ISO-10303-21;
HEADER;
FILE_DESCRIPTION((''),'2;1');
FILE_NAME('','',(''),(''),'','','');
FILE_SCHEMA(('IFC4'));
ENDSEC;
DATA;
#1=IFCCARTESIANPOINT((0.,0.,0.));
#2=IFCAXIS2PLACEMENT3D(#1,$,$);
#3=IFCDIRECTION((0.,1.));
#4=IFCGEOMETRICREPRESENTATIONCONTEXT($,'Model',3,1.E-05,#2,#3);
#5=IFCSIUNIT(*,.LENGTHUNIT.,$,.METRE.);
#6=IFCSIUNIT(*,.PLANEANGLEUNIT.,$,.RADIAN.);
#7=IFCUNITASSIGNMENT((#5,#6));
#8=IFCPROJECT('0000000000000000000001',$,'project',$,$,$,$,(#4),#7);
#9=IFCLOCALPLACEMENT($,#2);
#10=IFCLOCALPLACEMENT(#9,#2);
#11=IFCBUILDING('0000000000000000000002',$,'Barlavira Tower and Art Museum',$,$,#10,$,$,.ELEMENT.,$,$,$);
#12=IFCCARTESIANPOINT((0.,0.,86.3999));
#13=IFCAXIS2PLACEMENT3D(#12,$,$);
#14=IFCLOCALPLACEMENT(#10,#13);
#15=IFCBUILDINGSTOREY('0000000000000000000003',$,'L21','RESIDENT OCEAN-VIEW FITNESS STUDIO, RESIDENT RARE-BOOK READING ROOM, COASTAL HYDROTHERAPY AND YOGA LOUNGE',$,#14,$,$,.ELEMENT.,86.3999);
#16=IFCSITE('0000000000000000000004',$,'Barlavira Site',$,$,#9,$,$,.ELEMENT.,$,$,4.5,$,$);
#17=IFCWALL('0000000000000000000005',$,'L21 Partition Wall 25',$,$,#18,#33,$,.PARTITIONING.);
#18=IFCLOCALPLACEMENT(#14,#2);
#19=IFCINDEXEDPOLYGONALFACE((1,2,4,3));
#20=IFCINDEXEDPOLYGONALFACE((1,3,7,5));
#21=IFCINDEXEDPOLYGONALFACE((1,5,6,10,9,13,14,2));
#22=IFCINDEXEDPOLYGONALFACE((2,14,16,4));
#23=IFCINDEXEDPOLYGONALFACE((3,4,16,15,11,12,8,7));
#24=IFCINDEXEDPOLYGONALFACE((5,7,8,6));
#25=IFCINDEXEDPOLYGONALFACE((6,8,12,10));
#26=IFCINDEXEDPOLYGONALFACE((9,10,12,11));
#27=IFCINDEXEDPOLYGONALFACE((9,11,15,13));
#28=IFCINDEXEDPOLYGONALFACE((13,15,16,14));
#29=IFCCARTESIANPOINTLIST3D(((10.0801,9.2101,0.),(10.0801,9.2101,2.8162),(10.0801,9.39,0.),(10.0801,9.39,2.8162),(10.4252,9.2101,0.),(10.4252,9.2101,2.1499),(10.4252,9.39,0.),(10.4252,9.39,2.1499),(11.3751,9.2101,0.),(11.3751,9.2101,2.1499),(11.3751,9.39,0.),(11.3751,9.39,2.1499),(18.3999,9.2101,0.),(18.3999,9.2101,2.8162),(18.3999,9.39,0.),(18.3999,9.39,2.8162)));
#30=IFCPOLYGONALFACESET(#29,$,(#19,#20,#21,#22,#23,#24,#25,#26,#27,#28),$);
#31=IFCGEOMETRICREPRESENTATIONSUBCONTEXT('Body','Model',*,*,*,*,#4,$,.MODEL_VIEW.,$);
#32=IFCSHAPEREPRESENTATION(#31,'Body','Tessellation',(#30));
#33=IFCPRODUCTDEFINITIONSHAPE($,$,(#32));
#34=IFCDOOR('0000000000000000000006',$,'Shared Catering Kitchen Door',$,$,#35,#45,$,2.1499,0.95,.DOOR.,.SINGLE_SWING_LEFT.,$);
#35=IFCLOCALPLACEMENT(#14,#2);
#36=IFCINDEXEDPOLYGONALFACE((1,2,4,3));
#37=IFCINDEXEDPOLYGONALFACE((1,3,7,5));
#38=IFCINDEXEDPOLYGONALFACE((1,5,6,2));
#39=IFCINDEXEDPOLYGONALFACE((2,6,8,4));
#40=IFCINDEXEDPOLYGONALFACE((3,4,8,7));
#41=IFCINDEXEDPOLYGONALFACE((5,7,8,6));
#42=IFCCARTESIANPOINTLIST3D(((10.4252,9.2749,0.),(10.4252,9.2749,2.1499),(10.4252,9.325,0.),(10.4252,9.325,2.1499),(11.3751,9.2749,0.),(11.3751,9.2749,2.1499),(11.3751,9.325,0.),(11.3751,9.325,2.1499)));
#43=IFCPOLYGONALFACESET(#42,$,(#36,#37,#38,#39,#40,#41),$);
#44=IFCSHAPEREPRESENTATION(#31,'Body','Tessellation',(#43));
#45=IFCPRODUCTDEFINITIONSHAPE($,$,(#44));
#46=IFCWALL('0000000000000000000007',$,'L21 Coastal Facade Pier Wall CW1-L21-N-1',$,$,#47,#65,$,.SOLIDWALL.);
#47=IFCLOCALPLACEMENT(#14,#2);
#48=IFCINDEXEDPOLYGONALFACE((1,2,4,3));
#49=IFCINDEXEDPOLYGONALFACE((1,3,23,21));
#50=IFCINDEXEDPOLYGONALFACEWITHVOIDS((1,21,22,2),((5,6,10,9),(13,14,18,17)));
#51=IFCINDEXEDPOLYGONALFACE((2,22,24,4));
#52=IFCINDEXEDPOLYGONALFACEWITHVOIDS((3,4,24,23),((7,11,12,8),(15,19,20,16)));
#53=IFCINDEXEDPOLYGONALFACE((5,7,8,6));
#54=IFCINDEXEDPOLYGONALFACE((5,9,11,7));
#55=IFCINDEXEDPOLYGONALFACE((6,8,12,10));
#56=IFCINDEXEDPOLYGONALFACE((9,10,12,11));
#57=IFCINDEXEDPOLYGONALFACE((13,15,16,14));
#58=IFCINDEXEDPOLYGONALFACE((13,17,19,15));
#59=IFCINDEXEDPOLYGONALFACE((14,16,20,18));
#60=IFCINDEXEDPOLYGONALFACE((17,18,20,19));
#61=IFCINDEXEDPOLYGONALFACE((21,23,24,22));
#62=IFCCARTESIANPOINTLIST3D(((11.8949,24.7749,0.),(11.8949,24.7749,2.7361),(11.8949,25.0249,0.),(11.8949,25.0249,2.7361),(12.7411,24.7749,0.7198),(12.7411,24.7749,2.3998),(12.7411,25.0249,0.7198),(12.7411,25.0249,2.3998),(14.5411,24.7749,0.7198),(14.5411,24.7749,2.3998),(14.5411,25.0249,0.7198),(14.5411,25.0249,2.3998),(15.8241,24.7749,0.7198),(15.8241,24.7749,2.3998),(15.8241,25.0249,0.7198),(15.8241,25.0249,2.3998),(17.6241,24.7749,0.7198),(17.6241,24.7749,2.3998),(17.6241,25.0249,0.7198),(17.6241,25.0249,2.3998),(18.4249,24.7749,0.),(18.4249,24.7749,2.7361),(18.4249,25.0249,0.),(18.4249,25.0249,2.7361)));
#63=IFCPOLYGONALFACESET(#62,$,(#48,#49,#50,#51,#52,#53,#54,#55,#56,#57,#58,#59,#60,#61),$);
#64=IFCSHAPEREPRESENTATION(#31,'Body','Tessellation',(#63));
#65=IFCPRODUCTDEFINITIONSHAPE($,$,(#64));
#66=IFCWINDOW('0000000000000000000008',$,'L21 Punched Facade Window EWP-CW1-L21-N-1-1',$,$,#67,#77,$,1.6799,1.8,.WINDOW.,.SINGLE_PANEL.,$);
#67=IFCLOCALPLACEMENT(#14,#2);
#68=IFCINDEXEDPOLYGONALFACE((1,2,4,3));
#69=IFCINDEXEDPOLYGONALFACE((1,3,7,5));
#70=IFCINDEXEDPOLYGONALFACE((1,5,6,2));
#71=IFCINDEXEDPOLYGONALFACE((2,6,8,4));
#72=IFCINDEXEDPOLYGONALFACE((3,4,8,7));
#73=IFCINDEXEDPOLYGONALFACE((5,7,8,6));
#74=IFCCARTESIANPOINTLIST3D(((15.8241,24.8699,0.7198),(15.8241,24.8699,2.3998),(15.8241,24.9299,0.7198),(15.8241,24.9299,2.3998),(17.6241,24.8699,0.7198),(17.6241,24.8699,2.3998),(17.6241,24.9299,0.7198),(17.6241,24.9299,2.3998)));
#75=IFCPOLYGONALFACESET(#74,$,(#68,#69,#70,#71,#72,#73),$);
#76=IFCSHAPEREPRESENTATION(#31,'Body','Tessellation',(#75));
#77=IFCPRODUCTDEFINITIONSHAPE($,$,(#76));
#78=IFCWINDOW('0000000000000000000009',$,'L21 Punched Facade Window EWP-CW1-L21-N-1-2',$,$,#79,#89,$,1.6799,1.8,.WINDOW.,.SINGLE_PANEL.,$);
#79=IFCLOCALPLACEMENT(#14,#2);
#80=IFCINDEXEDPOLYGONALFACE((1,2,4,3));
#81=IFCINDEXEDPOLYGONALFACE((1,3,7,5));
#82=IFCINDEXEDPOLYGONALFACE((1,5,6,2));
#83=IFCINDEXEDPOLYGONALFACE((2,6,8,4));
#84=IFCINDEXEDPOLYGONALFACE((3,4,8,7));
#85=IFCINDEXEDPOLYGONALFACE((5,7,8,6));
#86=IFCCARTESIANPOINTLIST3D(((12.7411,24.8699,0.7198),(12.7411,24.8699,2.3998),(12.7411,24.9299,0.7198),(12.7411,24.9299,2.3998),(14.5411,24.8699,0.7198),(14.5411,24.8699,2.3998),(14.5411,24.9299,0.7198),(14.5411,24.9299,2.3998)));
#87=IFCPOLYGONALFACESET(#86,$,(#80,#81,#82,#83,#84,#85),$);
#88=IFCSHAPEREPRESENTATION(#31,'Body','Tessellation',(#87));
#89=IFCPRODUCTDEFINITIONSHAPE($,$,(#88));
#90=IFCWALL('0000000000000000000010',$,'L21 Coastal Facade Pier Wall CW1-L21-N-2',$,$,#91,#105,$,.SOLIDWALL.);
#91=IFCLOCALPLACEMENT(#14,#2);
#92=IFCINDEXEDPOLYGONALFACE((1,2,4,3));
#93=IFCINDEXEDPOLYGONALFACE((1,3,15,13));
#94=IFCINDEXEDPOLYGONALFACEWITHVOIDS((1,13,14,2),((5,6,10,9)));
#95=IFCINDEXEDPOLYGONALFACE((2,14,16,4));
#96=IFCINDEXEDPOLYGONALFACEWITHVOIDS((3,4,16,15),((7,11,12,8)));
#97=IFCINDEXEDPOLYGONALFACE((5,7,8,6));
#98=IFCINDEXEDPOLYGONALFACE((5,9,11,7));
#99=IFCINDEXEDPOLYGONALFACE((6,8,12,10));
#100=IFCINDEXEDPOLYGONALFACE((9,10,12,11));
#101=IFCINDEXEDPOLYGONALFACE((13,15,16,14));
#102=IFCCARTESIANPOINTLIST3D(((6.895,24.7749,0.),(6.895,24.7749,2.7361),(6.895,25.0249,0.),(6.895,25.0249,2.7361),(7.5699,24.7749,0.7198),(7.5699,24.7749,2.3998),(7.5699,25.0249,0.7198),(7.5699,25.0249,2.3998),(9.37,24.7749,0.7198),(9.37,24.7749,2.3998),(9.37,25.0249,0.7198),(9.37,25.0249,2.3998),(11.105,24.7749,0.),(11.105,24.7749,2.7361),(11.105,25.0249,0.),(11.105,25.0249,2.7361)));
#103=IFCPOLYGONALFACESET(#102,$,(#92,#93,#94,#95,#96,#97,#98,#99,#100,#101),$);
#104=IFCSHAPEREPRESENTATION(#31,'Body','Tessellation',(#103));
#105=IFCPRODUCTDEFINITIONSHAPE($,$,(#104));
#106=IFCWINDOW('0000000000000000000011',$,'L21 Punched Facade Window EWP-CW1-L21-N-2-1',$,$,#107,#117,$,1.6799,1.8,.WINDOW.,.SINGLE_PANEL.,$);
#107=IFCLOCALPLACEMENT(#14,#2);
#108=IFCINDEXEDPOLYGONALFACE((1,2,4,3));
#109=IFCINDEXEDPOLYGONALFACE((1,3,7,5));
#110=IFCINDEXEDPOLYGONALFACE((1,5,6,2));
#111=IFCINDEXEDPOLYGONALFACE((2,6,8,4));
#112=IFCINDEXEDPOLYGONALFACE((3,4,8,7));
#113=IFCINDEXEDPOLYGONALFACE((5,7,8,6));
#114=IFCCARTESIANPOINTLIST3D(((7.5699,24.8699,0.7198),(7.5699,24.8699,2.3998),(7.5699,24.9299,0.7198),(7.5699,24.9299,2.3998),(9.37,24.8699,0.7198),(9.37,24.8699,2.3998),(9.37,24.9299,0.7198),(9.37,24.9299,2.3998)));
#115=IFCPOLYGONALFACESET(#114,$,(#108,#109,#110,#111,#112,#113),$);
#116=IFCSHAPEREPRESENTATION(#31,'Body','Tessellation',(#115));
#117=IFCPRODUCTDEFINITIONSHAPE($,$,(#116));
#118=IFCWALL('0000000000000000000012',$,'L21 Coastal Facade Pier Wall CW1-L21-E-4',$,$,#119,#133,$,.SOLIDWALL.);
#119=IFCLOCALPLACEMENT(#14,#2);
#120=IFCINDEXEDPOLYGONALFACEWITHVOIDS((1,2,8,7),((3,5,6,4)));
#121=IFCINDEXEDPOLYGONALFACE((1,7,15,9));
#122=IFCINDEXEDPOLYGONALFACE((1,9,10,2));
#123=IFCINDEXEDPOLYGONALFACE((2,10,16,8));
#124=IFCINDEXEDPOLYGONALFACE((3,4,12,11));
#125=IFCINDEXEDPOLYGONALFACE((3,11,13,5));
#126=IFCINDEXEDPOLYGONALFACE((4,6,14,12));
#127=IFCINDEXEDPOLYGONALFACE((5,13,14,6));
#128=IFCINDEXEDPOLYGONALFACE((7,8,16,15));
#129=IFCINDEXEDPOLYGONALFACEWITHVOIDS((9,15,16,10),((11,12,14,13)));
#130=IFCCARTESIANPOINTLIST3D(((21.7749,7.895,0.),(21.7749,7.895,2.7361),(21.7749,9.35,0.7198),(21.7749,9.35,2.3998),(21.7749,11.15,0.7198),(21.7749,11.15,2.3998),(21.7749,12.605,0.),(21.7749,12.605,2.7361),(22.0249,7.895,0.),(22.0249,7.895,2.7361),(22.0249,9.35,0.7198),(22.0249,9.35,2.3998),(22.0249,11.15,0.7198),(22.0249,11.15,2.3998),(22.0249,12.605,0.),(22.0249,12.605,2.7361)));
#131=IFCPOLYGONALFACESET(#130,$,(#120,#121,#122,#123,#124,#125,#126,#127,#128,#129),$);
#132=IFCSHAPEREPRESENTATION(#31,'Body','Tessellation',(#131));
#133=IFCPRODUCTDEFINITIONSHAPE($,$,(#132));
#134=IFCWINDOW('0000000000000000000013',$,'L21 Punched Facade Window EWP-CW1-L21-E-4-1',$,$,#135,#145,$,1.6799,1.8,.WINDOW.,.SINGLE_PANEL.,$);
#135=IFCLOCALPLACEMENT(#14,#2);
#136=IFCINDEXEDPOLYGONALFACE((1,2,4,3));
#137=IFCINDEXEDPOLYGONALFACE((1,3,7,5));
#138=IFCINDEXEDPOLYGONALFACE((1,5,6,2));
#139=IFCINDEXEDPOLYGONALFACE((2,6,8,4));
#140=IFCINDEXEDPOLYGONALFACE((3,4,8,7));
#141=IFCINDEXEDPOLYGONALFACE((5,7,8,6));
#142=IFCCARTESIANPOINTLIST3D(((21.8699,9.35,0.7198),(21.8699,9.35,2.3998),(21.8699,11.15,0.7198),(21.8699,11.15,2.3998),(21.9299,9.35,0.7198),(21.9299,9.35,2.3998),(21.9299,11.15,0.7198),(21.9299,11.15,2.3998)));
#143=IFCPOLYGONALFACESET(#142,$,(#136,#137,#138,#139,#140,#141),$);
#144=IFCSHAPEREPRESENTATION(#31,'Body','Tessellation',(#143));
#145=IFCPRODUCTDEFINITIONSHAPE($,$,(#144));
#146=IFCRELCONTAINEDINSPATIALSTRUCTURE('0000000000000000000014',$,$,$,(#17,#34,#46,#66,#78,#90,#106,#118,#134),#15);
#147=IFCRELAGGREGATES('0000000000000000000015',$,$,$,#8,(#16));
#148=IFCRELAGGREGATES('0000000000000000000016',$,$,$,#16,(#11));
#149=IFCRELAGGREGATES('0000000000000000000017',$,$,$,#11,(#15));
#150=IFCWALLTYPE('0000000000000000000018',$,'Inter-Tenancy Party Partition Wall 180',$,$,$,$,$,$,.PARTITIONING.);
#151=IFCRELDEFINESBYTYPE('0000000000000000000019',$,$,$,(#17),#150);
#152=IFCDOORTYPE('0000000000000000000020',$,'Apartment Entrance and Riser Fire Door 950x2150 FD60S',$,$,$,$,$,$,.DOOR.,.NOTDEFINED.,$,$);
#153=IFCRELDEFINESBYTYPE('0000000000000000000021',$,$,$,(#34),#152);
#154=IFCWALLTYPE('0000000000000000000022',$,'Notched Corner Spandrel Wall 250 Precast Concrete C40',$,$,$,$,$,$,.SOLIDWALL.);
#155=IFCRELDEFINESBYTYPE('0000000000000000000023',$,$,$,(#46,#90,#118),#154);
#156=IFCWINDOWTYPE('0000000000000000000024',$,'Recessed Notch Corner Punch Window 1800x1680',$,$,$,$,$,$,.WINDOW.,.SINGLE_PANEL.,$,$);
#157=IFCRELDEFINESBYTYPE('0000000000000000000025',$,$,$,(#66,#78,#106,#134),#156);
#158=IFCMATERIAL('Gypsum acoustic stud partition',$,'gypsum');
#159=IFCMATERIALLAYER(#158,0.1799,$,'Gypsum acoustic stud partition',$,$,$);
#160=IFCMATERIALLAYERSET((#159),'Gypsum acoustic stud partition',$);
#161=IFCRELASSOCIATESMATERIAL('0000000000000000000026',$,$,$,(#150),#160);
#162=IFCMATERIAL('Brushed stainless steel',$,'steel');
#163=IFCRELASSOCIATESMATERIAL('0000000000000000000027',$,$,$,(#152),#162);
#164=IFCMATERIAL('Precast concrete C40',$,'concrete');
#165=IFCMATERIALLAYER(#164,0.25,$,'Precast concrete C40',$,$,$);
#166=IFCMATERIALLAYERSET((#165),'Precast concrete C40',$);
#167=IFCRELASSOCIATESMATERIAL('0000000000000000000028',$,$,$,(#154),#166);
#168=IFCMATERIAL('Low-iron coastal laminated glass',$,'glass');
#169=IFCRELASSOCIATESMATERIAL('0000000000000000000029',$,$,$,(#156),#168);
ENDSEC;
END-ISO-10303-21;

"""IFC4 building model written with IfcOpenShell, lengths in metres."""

from ifc_helpers import new_model, si_unit, direction, frame, frame_2d, origin, place, context, subcontext, project, spatial, rectangle, extrude, material, layer, layer_set, type_object, element, fill, save


model = new_model("IFC4")

# Units and contexts
model_context = context("Model", 3, precision=1e-05, world=origin(), true_north=direction((0.0, 1.0)))
body_context = subcontext(model_context, "Body", "Model", "MODEL_VIEW")
ifc_project = project(units=[si_unit("LENGTHUNIT", "METRE"), si_unit("PLANEANGLEUNIT", "RADIAN")], contexts=[model_context])

# Site, building, storey
site_placement = place(None, origin())
site = spatial("IfcSite", under=ifc_project, at=site_placement, Name="Barlavira Site", CompositionType="ELEMENT", RefElevation=4.5)
building_placement = place(site_placement, origin())
building = spatial("IfcBuilding", under=site, at=building_placement, Name="Barlavira Tower and Art Museum", CompositionType="ELEMENT")
storey_placement = place(building_placement, frame((0.0, 0.0, 86.3999)))
storey = spatial("IfcBuildingStorey", under=building, at=storey_placement, Name="L21", Description="RESIDENT OCEAN-VIEW FITNESS STUDIO, RESIDENT RARE-BOOK READING ROOM, COASTAL HYDROTHERAPY AND YOGA LOUNGE", CompositionType="ELEMENT", Elevation=86.3999)

# Shared definitions
ifc_material_1 = material(Name="Gypsum acoustic stud partition", Category="gypsum")
ifc_layer_1 = layer(ifc_material_1, 0.1799, Name="Gypsum acoustic stud partition")
ifc_layer_set_1 = layer_set([ifc_layer_1], Name="Gypsum acoustic stud partition")
wall_type_1 = type_object("IfcWallType", Name="Inter-Tenancy Party Partition Wall 180", PredefinedType="PARTITIONING", material=ifc_layer_set_1)

# Wall, opening, door
wall_1_placement = place(storey_placement, frame((10.0801, 9.3, 0.0), z_axis=(0.0, 0.0, 1.0), x_axis=(1.0, 0.0, 0.0)))
wall_1 = element("IfcWall", 1, at=wall_1_placement, inside=storey, type_object=wall_type_1, Name="L21 Partition Wall 25", PredefinedType="PARTITIONING", context=body_context, shape_type="SweptSolid", body=[
    extrude(rectangle(XDim=8.3198, YDim=0.1799, at=frame_2d((4.1599, 0.0))), origin(), (0.0, 0.0, 1.0), 2.8162),
])
opening_1_placement = place(wall_1_placement, frame((0.345, 0.0, 0.0)))
opening_1 = element("IfcOpeningElement", 2, at=opening_1_placement, cuts=wall_1, PredefinedType="OPENING", context=body_context, shape_type="SweptSolid", body=[
    extrude(rectangle(XDim=0.95, YDim=2.1499, at=frame_2d((0.4751, 1.075))), frame((0.0, 0.1001, 0.0), z_axis=(0.0, -1.0, 0.0), x_axis=(1.0, 0.0, 0.0)), (0.0, 0.0, 1.0), 0.2),
])
ifc_material_2 = material(Name="Brushed stainless steel", Category="steel")
door_type = type_object("IfcDoorType", Name="Apartment Entrance and Riser Fire Door 950x2150 FD60S", OperationType="NOTDEFINED", PredefinedType="DOOR", material=ifc_material_2)
door_placement = place(opening_1_placement, origin())
door = element("IfcDoor", 3, at=door_placement, inside=storey, type_object=door_type, Name="Shared Catering Kitchen Door", OperationType="SINGLE_SWING_LEFT", OverallHeight=2.1499, OverallWidth=0.95, PredefinedType="DOOR", context=body_context, shape_type="SweptSolid", body=[
    extrude(rectangle(XDim=0.95, YDim=2.1499, at=frame_2d((0.4751, 1.075))), frame((0.0, 0.0249, 0.0), z_axis=(0.0, -1.0, 0.0), x_axis=(1.0, 0.0, 0.0)), (0.0, 0.0, 1.0), 0.05),
])
fill(opening_1, door)

# Wall, openings, windows
ifc_material_3 = material(Name="Precast concrete C40", Category="concrete")
ifc_layer_2 = layer(ifc_material_3, 0.25, Name="Precast concrete C40")
ifc_layer_set_2 = layer_set([ifc_layer_2], Name="Precast concrete C40")
wall_type_2 = type_object("IfcWallType", Name="Notched Corner Spandrel Wall 250 Precast Concrete C40", PredefinedType="SOLIDWALL", material=ifc_layer_set_2)
wall_2_placement = place(storey_placement, frame((18.425, 24.8999, 0.0), z_axis=(0.0, 0.0, 1.0), x_axis=(-1.0, 0.0, 0.0)))
wall_2 = element("IfcWall", 4, at=wall_2_placement, inside=storey, type_object=wall_type_2, Name="L21 Coastal Facade Pier Wall CW1-L21-N-1", PredefinedType="SOLIDWALL", context=body_context, shape_type="SweptSolid", body=[
    extrude(rectangle(XDim=6.53, YDim=0.25, at=frame_2d((3.2651, 0.0))), origin(), (0.0, 0.0, 1.0), 2.7361),
])
opening_2_placement = place(wall_2_placement, frame((0.801, 0.0, 0.72)))
opening_2 = element("IfcOpeningElement", 5, at=opening_2_placement, cuts=wall_2, PredefinedType="OPENING", context=body_context, shape_type="SweptSolid", body=[
    extrude(rectangle(XDim=1.8, YDim=1.6799, at=frame_2d((0.8999, 0.8398))), frame((0.0, 0.135, 0.0), z_axis=(0.0, -1.0, 0.0), x_axis=(1.0, 0.0, 0.0)), (0.0, 0.0, 1.0), 0.27),
])
opening_3_placement = place(wall_2_placement, frame((3.884, 0.0, 0.72)))
opening_3 = element("IfcOpeningElement", 6, at=opening_3_placement, cuts=wall_2, PredefinedType="OPENING", context=body_context, shape_type="SweptSolid", body=[
    extrude(rectangle(XDim=1.8, YDim=1.6799, at=frame_2d((0.8999, 0.8398))), frame((0.0, 0.135, 0.0), z_axis=(0.0, -1.0, 0.0), x_axis=(1.0, 0.0, 0.0)), (0.0, 0.0, 1.0), 0.27),
])
ifc_material_4 = material(Name="Low-iron coastal laminated glass", Category="glass")
window_type = type_object("IfcWindowType", Name="Recessed Notch Corner Punch Window 1800x1680", PartitioningType="SINGLE_PANEL", PredefinedType="WINDOW", material=ifc_material_4)
window_1_placement = place(opening_2_placement, origin())
window_1 = element("IfcWindow", 7, at=window_1_placement, inside=storey, type_object=window_type, Name="L21 Punched Facade Window EWP-CW1-L21-N-1-1", OverallHeight=1.6799, OverallWidth=1.8, PartitioningType="SINGLE_PANEL", PredefinedType="WINDOW", context=body_context, shape_type="SweptSolid", body=[
    extrude(rectangle(XDim=1.8, YDim=1.6799, at=frame_2d((0.8999, 0.8398))), frame((0.0, 0.03, 0.0), z_axis=(0.0, -1.0, 0.0), x_axis=(1.0, 0.0, 0.0)), (0.0, 0.0, 1.0), 0.0601),
])
fill(opening_2, window_1)
window_2_placement = place(opening_3_placement, origin())
window_2 = element("IfcWindow", 8, at=window_2_placement, inside=storey, type_object=window_type, Name="L21 Punched Facade Window EWP-CW1-L21-N-1-2", OverallHeight=1.6799, OverallWidth=1.8, PartitioningType="SINGLE_PANEL", PredefinedType="WINDOW", context=body_context, shape_type="SweptSolid", body=[
    extrude(rectangle(XDim=1.8, YDim=1.6799, at=frame_2d((0.8999, 0.8398))), frame((0.0, 0.03, 0.0), z_axis=(0.0, -1.0, 0.0), x_axis=(1.0, 0.0, 0.0)), (0.0, 0.0, 1.0), 0.0601),
])
fill(opening_3, window_2)

# Walls, openings, windows
wall_3_placement = place(storey_placement, frame((11.105, 24.8999, 0.0), z_axis=(0.0, 0.0, 1.0), x_axis=(-1.0, 0.0, 0.0)))
wall_3 = element("IfcWall", 9, at=wall_3_placement, inside=storey, type_object=wall_type_2, Name="L21 Coastal Facade Pier Wall CW1-L21-N-2", PredefinedType="SOLIDWALL", context=body_context, shape_type="SweptSolid", body=[
    extrude(rectangle(XDim=4.21, YDim=0.25, at=frame_2d((2.105, 0.0))), origin(), (0.0, 0.0, 1.0), 2.7361),
])
opening_4_placement = place(wall_3_placement, frame((1.7351, 0.0, 0.72)))
opening_4 = element("IfcOpeningElement", 10, at=opening_4_placement, cuts=wall_3, PredefinedType="OPENING", context=body_context, shape_type="SweptSolid", body=[
    extrude(rectangle(XDim=1.8, YDim=1.6799, at=frame_2d((0.8999, 0.8398))), frame((0.0, 0.135, 0.0), z_axis=(0.0, -1.0, 0.0), x_axis=(1.0, 0.0, 0.0)), (0.0, 0.0, 1.0), 0.27),
])
window_3_placement = place(opening_4_placement, origin())
window_3 = element("IfcWindow", 11, at=window_3_placement, inside=storey, type_object=window_type, Name="L21 Punched Facade Window EWP-CW1-L21-N-2-1", OverallHeight=1.6799, OverallWidth=1.8, PartitioningType="SINGLE_PANEL", PredefinedType="WINDOW", context=body_context, shape_type="SweptSolid", body=[
    extrude(rectangle(XDim=1.8, YDim=1.6799, at=frame_2d((0.8999, 0.8398))), frame((0.0, 0.03, 0.0), z_axis=(0.0, -1.0, 0.0), x_axis=(1.0, 0.0, 0.0)), (0.0, 0.0, 1.0), 0.0601),
])
fill(opening_4, window_3)
wall_4_placement = place(storey_placement, frame((21.8999, 7.895, 0.0), z_axis=(0.0, 0.0, 1.0), x_axis=(0.0, 1.0, 0.0)))
wall_4 = element("IfcWall", 12, at=wall_4_placement, inside=storey, type_object=wall_type_2, Name="L21 Coastal Facade Pier Wall CW1-L21-E-4", PredefinedType="SOLIDWALL", context=body_context, shape_type="SweptSolid", body=[
    extrude(rectangle(XDim=4.71, YDim=0.25, at=frame_2d((2.355, 0.0))), origin(), (0.0, 0.0, 1.0), 2.7361),
])
opening_5_placement = place(wall_4_placement, frame((1.4551, 0.0, 0.72)))
opening_5 = element("IfcOpeningElement", 13, at=opening_5_placement, cuts=wall_4, PredefinedType="OPENING", context=body_context, shape_type="SweptSolid", body=[
    extrude(rectangle(XDim=1.8, YDim=1.6799, at=frame_2d((0.8999, 0.8398))), frame((0.0, 0.135, 0.0), z_axis=(0.0, -1.0, 0.0), x_axis=(1.0, 0.0, 0.0)), (0.0, 0.0, 1.0), 0.27),
])
window_4_placement = place(opening_5_placement, origin())
window_4 = element("IfcWindow", 14, at=window_4_placement, inside=storey, type_object=window_type, Name="L21 Punched Facade Window EWP-CW1-L21-E-4-1", OverallHeight=1.6799, OverallWidth=1.8, PartitioningType="SINGLE_PANEL", PredefinedType="WINDOW", context=body_context, shape_type="SweptSolid", body=[
    extrude(rectangle(XDim=1.8, YDim=1.6799, at=frame_2d((0.8999, 0.8398))), frame((0.0, 0.03, 0.0), z_axis=(0.0, -1.0, 0.0), x_axis=(1.0, 0.0, 0.0)), (0.0, 0.0, 1.0), 0.0601),
])
fill(opening_5, window_4)

save(model, "model.ifc")
